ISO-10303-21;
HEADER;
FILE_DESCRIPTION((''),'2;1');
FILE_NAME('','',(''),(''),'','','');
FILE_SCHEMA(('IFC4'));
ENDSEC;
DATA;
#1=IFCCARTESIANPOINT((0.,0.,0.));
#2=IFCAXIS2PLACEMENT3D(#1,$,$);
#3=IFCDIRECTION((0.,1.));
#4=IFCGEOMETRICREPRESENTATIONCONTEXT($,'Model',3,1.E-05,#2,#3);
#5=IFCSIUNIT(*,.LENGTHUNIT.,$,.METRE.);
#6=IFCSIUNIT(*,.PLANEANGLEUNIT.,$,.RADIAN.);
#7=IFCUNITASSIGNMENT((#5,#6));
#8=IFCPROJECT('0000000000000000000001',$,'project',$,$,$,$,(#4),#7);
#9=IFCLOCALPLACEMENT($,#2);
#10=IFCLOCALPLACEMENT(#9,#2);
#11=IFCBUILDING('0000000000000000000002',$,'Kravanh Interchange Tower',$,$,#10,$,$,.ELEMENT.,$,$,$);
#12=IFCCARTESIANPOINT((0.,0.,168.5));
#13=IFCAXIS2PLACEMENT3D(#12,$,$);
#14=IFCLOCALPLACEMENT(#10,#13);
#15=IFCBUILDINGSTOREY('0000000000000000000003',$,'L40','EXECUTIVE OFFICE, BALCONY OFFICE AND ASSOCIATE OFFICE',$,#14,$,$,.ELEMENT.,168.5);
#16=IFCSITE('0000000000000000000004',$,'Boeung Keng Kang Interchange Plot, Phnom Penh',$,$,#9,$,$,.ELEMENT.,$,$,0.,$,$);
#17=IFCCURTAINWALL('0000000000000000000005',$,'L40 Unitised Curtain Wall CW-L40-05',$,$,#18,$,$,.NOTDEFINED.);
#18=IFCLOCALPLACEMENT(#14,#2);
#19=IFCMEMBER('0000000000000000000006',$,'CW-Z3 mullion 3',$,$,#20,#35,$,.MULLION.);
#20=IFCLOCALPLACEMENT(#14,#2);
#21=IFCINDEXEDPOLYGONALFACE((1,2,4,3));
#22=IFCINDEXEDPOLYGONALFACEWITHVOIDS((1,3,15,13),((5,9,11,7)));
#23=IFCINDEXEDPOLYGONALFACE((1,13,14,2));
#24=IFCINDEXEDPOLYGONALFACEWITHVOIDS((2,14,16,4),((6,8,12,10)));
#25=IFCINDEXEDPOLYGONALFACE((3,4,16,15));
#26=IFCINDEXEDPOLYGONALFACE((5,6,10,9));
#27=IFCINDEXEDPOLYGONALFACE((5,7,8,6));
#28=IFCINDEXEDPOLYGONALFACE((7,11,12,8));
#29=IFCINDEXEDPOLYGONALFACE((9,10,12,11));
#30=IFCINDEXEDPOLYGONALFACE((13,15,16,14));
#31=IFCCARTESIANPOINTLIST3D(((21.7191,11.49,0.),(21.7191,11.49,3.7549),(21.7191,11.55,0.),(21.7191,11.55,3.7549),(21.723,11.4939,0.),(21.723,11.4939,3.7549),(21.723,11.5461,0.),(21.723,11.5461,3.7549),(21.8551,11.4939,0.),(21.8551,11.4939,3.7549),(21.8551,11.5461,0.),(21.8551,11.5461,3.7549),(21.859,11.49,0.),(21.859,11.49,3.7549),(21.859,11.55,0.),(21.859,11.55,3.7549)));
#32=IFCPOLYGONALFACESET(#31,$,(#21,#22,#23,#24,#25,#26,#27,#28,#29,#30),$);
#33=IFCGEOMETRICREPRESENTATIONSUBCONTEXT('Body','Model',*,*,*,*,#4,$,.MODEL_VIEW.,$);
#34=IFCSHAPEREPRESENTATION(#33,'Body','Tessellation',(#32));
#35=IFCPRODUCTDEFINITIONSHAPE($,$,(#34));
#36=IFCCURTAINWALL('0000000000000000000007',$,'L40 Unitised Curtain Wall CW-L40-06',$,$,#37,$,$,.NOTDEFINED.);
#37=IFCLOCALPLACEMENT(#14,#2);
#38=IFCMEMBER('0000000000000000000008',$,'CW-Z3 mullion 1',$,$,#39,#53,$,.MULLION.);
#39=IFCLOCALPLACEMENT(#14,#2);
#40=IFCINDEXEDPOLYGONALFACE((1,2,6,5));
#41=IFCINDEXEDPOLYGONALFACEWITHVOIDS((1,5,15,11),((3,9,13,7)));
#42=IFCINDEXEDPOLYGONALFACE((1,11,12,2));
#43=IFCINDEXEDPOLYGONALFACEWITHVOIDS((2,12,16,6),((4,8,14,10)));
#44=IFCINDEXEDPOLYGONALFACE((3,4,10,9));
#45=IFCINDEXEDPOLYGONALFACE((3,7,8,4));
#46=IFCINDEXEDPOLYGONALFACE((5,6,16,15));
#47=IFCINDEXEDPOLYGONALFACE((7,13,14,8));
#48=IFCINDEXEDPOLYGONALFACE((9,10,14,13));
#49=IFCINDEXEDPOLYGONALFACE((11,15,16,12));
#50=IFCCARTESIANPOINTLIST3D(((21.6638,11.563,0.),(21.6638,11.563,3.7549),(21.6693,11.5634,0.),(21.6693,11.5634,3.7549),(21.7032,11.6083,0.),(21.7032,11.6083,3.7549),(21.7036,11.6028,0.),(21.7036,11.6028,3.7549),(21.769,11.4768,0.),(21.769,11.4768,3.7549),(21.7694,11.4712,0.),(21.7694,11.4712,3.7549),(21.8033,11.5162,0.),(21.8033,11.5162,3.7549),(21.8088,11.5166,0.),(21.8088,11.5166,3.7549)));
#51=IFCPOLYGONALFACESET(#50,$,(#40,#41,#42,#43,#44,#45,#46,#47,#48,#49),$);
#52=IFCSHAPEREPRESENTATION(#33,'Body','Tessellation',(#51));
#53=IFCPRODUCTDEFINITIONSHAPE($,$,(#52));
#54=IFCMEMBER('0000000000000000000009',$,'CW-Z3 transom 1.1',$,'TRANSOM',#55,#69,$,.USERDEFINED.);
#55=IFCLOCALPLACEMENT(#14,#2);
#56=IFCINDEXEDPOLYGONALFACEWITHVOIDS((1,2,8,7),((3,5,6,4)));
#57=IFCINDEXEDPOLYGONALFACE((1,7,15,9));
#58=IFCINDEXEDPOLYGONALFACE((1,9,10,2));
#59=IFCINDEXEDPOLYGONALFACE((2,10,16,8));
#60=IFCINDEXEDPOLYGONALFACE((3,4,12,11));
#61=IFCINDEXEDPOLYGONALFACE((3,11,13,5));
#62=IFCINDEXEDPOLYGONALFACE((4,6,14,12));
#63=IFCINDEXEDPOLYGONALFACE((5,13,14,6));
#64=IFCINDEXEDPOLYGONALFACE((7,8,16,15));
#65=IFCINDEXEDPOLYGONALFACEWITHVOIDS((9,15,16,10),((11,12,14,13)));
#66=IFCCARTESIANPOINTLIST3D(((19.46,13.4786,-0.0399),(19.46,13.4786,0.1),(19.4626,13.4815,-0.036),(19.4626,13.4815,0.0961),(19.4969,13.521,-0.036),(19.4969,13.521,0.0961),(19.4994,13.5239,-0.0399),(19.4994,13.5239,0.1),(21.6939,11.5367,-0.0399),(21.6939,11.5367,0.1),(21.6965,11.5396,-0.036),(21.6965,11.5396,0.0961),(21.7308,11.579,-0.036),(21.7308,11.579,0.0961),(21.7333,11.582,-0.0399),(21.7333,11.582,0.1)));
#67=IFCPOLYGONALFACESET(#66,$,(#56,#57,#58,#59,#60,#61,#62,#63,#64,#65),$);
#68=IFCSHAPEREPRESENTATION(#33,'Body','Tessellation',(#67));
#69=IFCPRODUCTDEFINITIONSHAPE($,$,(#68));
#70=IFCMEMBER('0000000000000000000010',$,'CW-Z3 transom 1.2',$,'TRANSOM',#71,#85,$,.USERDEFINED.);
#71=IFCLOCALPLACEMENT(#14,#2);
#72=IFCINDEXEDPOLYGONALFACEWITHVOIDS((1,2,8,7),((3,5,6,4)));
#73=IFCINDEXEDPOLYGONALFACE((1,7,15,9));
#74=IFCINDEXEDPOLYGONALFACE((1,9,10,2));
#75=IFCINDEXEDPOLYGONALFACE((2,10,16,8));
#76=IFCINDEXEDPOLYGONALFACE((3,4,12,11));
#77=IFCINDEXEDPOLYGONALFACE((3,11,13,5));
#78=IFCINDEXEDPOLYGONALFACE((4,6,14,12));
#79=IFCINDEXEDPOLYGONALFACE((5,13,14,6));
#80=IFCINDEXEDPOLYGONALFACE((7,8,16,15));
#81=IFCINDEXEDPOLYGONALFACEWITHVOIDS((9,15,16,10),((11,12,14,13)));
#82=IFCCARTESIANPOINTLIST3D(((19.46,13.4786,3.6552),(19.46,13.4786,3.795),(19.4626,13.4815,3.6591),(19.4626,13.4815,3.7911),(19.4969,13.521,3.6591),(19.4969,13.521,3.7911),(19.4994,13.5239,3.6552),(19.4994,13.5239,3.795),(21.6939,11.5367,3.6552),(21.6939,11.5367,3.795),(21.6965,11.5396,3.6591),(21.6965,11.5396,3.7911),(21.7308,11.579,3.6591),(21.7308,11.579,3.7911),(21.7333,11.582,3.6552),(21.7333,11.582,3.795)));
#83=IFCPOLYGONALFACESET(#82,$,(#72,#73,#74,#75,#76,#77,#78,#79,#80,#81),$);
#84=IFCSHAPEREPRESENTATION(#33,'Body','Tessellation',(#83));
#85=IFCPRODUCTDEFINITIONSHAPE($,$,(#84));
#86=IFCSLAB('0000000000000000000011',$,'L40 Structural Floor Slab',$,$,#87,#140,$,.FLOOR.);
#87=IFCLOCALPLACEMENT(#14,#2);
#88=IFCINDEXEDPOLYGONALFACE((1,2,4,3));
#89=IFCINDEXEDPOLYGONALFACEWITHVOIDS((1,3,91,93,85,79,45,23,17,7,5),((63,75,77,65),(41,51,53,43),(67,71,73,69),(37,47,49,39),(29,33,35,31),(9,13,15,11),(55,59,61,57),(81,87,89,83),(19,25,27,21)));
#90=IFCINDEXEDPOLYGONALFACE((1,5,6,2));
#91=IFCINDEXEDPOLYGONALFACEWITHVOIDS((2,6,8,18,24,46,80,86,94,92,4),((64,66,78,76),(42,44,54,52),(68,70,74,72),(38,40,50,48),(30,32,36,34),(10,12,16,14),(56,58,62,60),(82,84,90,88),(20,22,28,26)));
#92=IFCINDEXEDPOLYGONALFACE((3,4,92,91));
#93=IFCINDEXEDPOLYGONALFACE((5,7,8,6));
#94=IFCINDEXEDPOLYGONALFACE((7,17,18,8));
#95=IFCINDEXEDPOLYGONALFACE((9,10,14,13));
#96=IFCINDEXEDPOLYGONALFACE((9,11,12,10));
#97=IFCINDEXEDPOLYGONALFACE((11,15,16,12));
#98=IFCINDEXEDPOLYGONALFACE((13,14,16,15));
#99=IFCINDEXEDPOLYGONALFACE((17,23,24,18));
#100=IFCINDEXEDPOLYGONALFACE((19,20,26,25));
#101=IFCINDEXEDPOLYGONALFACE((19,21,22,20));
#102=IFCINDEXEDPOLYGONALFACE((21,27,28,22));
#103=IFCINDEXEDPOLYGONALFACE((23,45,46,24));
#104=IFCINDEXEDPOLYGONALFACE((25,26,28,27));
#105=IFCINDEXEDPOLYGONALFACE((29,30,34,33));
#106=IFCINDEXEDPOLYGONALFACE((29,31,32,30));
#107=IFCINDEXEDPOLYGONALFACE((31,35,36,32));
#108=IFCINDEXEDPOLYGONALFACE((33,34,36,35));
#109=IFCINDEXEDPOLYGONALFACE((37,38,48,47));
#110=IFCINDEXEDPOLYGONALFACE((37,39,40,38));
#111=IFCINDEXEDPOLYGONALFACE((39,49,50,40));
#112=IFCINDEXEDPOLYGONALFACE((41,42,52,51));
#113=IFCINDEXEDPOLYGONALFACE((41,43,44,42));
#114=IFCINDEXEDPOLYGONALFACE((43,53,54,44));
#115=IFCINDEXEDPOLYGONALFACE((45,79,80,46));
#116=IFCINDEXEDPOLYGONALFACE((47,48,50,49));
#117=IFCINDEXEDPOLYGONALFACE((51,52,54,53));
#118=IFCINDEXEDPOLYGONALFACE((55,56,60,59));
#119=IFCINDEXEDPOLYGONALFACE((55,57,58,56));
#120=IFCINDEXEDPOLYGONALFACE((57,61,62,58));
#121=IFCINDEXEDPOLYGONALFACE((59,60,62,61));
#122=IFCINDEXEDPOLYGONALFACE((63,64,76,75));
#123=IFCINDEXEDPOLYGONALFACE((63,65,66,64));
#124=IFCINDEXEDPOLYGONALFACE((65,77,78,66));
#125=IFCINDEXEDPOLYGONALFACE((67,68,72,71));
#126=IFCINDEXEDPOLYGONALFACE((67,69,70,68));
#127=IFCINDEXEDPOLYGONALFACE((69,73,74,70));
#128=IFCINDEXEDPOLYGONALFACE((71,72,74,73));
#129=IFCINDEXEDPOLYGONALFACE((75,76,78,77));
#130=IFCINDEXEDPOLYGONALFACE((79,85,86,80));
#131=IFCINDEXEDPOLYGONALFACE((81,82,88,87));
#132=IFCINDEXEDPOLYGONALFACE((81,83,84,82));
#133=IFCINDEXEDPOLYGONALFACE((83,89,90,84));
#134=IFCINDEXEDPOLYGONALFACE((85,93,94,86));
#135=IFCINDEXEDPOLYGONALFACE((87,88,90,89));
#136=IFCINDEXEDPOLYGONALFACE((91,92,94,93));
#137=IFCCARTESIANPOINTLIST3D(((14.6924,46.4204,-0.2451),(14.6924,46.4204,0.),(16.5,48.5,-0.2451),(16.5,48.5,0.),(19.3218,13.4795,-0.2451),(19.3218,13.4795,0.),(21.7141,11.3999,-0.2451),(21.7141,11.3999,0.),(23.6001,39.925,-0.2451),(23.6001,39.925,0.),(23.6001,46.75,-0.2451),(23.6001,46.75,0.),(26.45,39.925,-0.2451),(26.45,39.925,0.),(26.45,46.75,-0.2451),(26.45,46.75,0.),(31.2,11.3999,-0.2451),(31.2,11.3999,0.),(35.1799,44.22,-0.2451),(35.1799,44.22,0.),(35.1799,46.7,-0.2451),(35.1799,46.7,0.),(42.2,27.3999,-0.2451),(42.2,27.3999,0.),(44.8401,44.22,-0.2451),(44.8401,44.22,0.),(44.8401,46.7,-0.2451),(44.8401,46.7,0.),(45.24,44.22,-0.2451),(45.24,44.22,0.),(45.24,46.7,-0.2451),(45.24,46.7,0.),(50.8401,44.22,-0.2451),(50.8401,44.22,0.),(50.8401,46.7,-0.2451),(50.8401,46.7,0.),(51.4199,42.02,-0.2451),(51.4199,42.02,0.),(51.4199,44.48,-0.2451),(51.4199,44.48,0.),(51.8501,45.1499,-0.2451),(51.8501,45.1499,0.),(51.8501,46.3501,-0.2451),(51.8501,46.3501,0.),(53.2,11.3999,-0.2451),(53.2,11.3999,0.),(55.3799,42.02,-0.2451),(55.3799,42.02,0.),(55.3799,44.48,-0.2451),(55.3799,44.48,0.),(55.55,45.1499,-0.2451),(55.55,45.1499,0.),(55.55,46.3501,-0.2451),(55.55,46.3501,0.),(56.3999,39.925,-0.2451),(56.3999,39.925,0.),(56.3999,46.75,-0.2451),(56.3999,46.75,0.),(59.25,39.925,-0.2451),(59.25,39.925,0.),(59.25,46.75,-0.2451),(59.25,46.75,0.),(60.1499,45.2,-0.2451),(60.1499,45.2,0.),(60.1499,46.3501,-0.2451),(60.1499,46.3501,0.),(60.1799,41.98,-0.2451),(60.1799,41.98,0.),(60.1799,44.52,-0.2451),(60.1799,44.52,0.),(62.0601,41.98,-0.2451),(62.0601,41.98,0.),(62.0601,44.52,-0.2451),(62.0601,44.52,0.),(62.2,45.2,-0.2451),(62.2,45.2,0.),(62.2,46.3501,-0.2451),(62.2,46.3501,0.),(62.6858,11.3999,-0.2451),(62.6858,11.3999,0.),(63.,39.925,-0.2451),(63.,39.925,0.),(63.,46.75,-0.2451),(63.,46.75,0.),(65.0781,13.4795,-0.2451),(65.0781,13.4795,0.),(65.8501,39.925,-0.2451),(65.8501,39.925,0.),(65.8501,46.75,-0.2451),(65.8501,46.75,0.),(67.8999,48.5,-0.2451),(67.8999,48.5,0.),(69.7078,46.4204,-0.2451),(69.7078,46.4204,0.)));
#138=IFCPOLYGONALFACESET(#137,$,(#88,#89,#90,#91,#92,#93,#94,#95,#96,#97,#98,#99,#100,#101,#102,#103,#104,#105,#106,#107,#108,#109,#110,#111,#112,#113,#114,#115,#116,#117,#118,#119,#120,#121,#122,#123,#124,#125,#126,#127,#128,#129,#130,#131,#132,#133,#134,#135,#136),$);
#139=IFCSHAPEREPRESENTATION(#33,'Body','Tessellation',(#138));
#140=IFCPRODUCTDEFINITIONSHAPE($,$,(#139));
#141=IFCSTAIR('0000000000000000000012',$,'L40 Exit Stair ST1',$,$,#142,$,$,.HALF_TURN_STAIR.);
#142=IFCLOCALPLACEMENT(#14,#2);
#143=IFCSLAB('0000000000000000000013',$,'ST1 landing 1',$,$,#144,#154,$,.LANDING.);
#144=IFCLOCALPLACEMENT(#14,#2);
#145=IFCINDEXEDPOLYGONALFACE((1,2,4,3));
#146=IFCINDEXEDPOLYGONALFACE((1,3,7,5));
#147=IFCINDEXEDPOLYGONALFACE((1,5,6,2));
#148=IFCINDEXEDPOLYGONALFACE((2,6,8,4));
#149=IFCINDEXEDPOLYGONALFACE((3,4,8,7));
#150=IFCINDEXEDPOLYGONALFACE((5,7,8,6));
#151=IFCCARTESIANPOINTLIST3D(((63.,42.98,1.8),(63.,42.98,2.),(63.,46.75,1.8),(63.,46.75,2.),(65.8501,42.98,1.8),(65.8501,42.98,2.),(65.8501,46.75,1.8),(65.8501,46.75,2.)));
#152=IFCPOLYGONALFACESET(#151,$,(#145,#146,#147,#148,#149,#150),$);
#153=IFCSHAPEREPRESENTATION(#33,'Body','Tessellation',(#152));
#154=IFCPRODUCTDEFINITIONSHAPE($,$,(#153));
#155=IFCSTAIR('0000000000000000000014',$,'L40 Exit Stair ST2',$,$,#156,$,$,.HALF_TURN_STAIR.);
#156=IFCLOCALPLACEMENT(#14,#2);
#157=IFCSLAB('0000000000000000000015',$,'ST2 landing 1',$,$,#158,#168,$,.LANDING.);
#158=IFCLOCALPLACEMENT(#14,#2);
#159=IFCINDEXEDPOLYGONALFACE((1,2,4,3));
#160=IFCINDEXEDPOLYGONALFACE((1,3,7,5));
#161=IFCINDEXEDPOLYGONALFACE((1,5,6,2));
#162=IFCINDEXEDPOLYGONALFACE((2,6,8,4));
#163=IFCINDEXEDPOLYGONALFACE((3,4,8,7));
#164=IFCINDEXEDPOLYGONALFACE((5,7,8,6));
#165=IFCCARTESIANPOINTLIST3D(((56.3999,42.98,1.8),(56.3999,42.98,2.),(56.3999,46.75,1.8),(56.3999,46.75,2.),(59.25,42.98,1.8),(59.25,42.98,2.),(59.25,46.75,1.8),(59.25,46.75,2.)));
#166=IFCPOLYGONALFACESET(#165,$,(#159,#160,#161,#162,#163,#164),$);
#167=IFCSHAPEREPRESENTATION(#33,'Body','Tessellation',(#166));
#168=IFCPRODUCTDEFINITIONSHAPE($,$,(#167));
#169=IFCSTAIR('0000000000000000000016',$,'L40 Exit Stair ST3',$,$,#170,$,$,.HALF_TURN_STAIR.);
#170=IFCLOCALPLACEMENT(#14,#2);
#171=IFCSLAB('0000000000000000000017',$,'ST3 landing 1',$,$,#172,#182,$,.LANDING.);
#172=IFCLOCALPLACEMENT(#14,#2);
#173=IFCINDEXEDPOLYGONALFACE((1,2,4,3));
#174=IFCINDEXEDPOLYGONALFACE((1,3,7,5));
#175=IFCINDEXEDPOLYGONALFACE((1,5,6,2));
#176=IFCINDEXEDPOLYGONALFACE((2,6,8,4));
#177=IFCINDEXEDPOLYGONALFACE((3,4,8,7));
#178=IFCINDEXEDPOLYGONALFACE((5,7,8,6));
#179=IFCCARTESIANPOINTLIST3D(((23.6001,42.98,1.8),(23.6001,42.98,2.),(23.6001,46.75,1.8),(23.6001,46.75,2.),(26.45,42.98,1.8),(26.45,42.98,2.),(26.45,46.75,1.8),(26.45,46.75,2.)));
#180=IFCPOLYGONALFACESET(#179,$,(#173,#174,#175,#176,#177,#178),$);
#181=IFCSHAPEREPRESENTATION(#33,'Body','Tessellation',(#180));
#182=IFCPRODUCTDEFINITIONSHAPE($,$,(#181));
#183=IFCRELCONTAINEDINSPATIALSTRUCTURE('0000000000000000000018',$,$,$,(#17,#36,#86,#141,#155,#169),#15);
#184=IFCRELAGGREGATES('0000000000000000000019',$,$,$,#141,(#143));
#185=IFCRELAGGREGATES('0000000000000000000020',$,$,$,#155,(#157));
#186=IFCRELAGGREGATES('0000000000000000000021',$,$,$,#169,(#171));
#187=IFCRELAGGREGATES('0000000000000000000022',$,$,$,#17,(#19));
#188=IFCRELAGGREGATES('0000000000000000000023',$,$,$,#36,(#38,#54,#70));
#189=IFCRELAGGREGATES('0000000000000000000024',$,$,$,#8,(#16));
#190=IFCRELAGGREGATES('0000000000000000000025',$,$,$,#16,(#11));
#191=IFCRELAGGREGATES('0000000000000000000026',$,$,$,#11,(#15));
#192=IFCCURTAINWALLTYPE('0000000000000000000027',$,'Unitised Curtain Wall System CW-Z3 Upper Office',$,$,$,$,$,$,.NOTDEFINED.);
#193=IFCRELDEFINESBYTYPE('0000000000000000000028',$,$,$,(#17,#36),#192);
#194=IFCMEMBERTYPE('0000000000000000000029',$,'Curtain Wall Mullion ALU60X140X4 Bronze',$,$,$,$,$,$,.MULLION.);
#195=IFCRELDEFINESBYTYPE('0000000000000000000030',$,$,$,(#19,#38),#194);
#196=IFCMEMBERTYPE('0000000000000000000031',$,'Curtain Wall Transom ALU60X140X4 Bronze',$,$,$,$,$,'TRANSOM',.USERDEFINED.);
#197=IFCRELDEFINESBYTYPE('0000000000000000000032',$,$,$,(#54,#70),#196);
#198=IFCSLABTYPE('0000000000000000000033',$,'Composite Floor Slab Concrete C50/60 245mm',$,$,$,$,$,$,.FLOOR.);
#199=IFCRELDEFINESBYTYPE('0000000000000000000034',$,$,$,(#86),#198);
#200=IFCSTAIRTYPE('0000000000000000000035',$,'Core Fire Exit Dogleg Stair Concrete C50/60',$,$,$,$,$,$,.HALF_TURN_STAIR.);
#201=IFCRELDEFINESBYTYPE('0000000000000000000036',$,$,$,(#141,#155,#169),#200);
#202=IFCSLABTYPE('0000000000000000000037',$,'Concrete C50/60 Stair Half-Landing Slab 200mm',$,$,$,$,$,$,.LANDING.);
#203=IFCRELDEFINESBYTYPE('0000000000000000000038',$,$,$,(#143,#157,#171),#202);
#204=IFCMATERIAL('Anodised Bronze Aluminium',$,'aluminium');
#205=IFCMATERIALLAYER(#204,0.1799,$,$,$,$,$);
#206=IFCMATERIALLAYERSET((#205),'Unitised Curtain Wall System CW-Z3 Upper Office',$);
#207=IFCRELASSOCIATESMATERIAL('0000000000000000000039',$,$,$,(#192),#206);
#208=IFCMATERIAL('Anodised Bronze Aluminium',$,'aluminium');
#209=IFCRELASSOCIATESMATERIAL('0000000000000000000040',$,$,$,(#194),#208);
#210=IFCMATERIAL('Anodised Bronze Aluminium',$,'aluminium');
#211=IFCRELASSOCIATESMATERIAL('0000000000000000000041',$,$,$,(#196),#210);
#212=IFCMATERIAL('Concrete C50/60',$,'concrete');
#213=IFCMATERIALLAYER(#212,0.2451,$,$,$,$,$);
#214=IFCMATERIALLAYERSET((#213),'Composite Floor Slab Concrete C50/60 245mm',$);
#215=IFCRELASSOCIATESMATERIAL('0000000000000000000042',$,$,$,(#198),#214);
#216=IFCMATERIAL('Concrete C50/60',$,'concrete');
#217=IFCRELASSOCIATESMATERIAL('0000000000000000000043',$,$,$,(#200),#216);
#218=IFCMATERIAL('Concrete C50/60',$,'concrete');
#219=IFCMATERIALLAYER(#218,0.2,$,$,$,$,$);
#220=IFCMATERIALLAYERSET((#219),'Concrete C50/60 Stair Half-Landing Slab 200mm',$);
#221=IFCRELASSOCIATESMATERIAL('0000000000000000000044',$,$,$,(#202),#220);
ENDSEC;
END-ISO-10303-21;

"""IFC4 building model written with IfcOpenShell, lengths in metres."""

from ifc_helpers import new_model, si_unit, direction, frame, origin, origin_2d, place, context, subcontext, project, spatial, polyline, hollow_rectangle, outline, extrude, material, layer, layer_set, material_profile, profile_set, type_object, element, aggregate, save


model = new_model("IFC4")

# Units and contexts
model_context = context("Model", 3, precision=1e-05, world=origin(), true_north=direction((0.0, 1.0)))
body_context = subcontext(model_context, "Body", "Model", "MODEL_VIEW")
ifc_project = project(units=[si_unit("LENGTHUNIT", "METRE"), si_unit("PLANEANGLEUNIT", "RADIAN")], contexts=[model_context])

# Site, building, storey
site_placement = place(None, origin())
site = spatial("IfcSite", under=ifc_project, at=site_placement, Name="Boeung Keng Kang Interchange Plot, Phnom Penh", CompositionType="ELEMENT", RefElevation=0.0)
building_placement = place(site_placement, origin())
building = spatial("IfcBuilding", under=site, at=building_placement, Name="Kravanh Interchange Tower", CompositionType="ELEMENT")
storey_placement = place(building_placement, frame((0.0, 0.0, 168.5)))
storey = spatial("IfcBuildingStorey", under=building, at=storey_placement, Name="L40", Description="EXECUTIVE OFFICE, BALCONY OFFICE AND ASSOCIATE OFFICE", CompositionType="ELEMENT", Elevation=168.5)

# Curtain wall, member
ifc_material_1 = material(Name="Anodised Bronze Aluminium", Category="aluminium")
ifc_layer_1 = layer(ifc_material_1, 0.1799)
ifc_layer_set_1 = layer_set([ifc_layer_1], Name="Unitised Curtain Wall System CW-Z3 Upper Office")
curtain_wall_type = type_object("IfcCurtainWallType", Name="Unitised Curtain Wall System CW-Z3 Upper Office", PredefinedType="NOTDEFINED", material=ifc_layer_set_1)
curtain_wall_1_placement = place(storey_placement, origin())
curtain_wall_1 = element("IfcCurtainWall", 1, at=curtain_wall_1_placement, inside=storey, type_object=curtain_wall_type, Name="L40 Unitised Curtain Wall CW-L40-05", PredefinedType="NOTDEFINED")
ifc_material_2 = material(Name="Anodised Bronze Aluminium", Category="aluminium")
ifc_material_profile_1 = material_profile(ifc_material_2, hollow_rectangle(XDim=0.0601, YDim=0.1399, WallThickness=0.0039, at=origin_2d()), Name="ALU60X140X4")
ifc_profile_set_1 = profile_set([ifc_material_profile_1], Name="Anodised Bronze Aluminium")
member_type_1 = type_object("IfcMemberType", Name="Curtain Wall Mullion ALU60X140X4 Bronze", PredefinedType="MULLION", material=ifc_profile_set_1)
member_1_placement = place(storey_placement, frame((21.7891, 11.52, 0.0), z_axis=(0.0, 0.0, 1.0), x_axis=(0.0, -1.0, 0.0)))
member_1 = element("IfcMember", 2, at=member_1_placement, type_object=member_type_1, Name="CW-Z3 mullion 3", PredefinedType="MULLION", context=body_context, shape_type="SweptSolid", body=[
    extrude(hollow_rectangle(XDim=0.0601, YDim=0.1399, WallThickness=0.0039, at=origin_2d()), origin(), (0.0, 0.0, 1.0), 3.7549),
])

# Curtain wall, members
curtain_wall_2_placement = place(storey_placement, origin())
curtain_wall_2 = element("IfcCurtainWall", 3, at=curtain_wall_2_placement, inside=storey, type_object=curtain_wall_type, Name="L40 Unitised Curtain Wall CW-L40-06", PredefinedType="NOTDEFINED")
member_2_placement = place(storey_placement, frame((21.7363, 11.5398, 0.0), z_axis=(0.0, 0.0, 1.0), x_axis=(-0.656051, -0.754717, 0.0)))
member_2 = element("IfcMember", 4, at=member_2_placement, type_object=member_type_1, Name="CW-Z3 mullion 1", PredefinedType="MULLION", context=body_context, shape_type="SweptSolid", body=[
    extrude(hollow_rectangle(XDim=0.0601, YDim=0.1399, WallThickness=0.0039, at=origin_2d()), origin(), (0.0, 0.0, 1.0), 3.7549),
])
ifc_material_3 = material(Name="Anodised Bronze Aluminium", Category="aluminium")
ifc_material_profile_2 = material_profile(ifc_material_3, hollow_rectangle(XDim=0.0601, YDim=0.1399, WallThickness=0.0039, at=origin_2d()), Name="ALU60X140X4")
ifc_profile_set_2 = profile_set([ifc_material_profile_2], Name="Anodised Bronze Aluminium")
member_type_2 = type_object("IfcMemberType", Name="Curtain Wall Transom ALU60X140X4 Bronze", ElementType="TRANSOM", PredefinedType="USERDEFINED", material=ifc_profile_set_2)
member_3_placement = place(storey_placement, frame((21.7136, 11.5593, 0.03), z_axis=(-0.754709, 0.65606, 0.0), x_axis=(-0.65606, -0.754709, 0.0)))
member_3 = element("IfcMember", 5, at=member_3_placement, type_object=member_type_2, Name="CW-Z3 transom 1.1", ObjectType="TRANSOM", PredefinedType="USERDEFINED", context=body_context, shape_type="SweptSolid", body=[
    extrude(hollow_rectangle(XDim=0.0601, YDim=0.1399, WallThickness=0.0039, at=origin_2d()), origin(), (0.0, 0.0, 1.0), 2.96),
])
member_4_placement = place(storey_placement, frame((21.7136, 11.5593, 3.7251), z_axis=(-0.754709, 0.65606, 0.0), x_axis=(-0.65606, -0.754709, 0.0)))
member_4 = element("IfcMember", 6, at=member_4_placement, type_object=member_type_2, Name="CW-Z3 transom 1.2", ObjectType="TRANSOM", PredefinedType="USERDEFINED", context=body_context, shape_type="SweptSolid", body=[
    extrude(hollow_rectangle(XDim=0.0601, YDim=0.1399, WallThickness=0.0039, at=origin_2d()), origin(), (0.0, 0.0, 1.0), 2.96),
])

# Slab
ifc_material_4 = material(Name="Concrete C50/60", Category="concrete")
ifc_layer_2 = layer(ifc_material_4, 0.2451)
ifc_layer_set_2 = layer_set([ifc_layer_2], Name="Composite Floor Slab Concrete C50/60 245mm")
slab_type_1 = type_object("IfcSlabType", Name="Composite Floor Slab Concrete C50/60 245mm", PredefinedType="FLOOR", material=ifc_layer_set_2)
slab_1_placement = place(storey_placement, frame((0.0, 0.0, -0.2451)))
element("IfcSlab", 7, at=slab_1_placement, inside=storey, type_object=slab_type_1, Name="L40 Structural Floor Slab", PredefinedType="FLOOR", context=body_context, shape_type="SweptSolid", body=[
    extrude(outline(polyline([(19.3218, 13.4795), (21.7141, 11.3999), (31.2, 11.3999), (42.2, 27.3999), (53.2, 11.3999), (62.6858, 11.3999), (65.0781, 13.4795), (69.7078, 46.4204), (67.8999, 48.5), (16.5, 48.5), (14.6924, 46.4204), (19.3218, 13.4795)]), holes=[polyline([(65.8501, 39.925), (65.8501, 46.75), (63.0, 46.75), (63.0, 39.925), (65.8501, 39.925)]), polyline([(59.25, 39.925), (59.25, 46.75), (56.3999, 46.75), (56.3999, 39.925), (59.25, 39.925)]), polyline([(26.45, 39.925), (26.45, 46.75), (23.6001, 46.75), (23.6001, 39.925), (26.45, 39.925)]), polyline([(35.1799, 44.22), (44.8401, 44.22), (44.8401, 46.7), (35.1799, 46.7), (35.1799, 44.22)]), polyline([(45.24, 44.22), (50.8401, 44.22), (50.8401, 46.7), (45.24, 46.7), (45.24, 44.22)]), polyline([(51.4199, 42.02), (55.3799, 42.02), (55.3799, 44.48), (51.4199, 44.48), (51.4199, 42.02)]), polyline([(60.1799, 41.98), (62.0601, 41.98), (62.0601, 44.52), (60.1799, 44.52), (60.1799, 41.98)]), polyline([(60.1499, 45.2), (62.2, 45.2), (62.2, 46.3501), (60.1499, 46.3501), (60.1499, 45.2)]), polyline([(51.8501, 45.1499), (55.55, 45.1499), (55.55, 46.3501), (51.8501, 46.3501), (51.8501, 45.1499)])]), origin(), (0.0, 0.0, 1.0), 0.2451),
])

# Stairs, slabs
ifc_material_5 = material(Name="Concrete C50/60", Category="concrete")
stair_type = type_object("IfcStairType", Name="Core Fire Exit Dogleg Stair Concrete C50/60", PredefinedType="HALF_TURN_STAIR", material=ifc_material_5)
stair_1_placement = place(storey_placement, origin())
stair_1 = element("IfcStair", 8, at=stair_1_placement, inside=storey, type_object=stair_type, Name="L40 Exit Stair ST1", PredefinedType="HALF_TURN_STAIR")
ifc_material_6 = material(Name="Concrete C50/60", Category="concrete")
ifc_layer_3 = layer(ifc_material_6, 0.2)
ifc_layer_set_3 = layer_set([ifc_layer_3], Name="Concrete C50/60 Stair Half-Landing Slab 200mm")
slab_type_2 = type_object("IfcSlabType", Name="Concrete C50/60 Stair Half-Landing Slab 200mm", PredefinedType="LANDING", material=ifc_layer_set_3)
slab_2_placement = place(storey_placement, frame((0.0, 0.0, 1.8)))
slab_2 = element("IfcSlab", 9, at=slab_2_placement, type_object=slab_type_2, Name="ST1 landing 1", PredefinedType="LANDING", context=body_context, shape_type="SweptSolid", body=[
    extrude(outline(polyline([(65.8501, 42.98), (65.8501, 46.75), (63.0, 46.75), (63.0, 42.98), (65.8501, 42.98)])), origin(), (0.0, 0.0, 1.0), 0.2),
])
aggregate(stair_1, [slab_2])
stair_2_placement = place(storey_placement, origin())
stair_2 = element("IfcStair", 10, at=stair_2_placement, inside=storey, type_object=stair_type, Name="L40 Exit Stair ST2", PredefinedType="HALF_TURN_STAIR")
slab_3_placement = place(storey_placement, frame((0.0, 0.0, 1.8)))
slab_3 = element("IfcSlab", 11, at=slab_3_placement, type_object=slab_type_2, Name="ST2 landing 1", PredefinedType="LANDING", context=body_context, shape_type="SweptSolid", body=[
    extrude(outline(polyline([(59.25, 42.98), (59.25, 46.75), (56.3999, 46.75), (56.3999, 42.98), (59.25, 42.98)])), origin(), (0.0, 0.0, 1.0), 0.2),
])
aggregate(stair_2, [slab_3])
stair_3_placement = place(storey_placement, origin())
stair_3 = element("IfcStair", 12, at=stair_3_placement, inside=storey, type_object=stair_type, Name="L40 Exit Stair ST3", PredefinedType="HALF_TURN_STAIR")
slab_4_placement = place(storey_placement, frame((0.0, 0.0, 1.8)))
slab_4 = element("IfcSlab", 13, at=slab_4_placement, type_object=slab_type_2, Name="ST3 landing 1", PredefinedType="LANDING", context=body_context, shape_type="SweptSolid", body=[
    extrude(outline(polyline([(26.45, 42.98), (26.45, 46.75), (23.6001, 46.75), (23.6001, 42.98), (26.45, 42.98)])), origin(), (0.0, 0.0, 1.0), 0.2),
])
aggregate(stair_3, [slab_4])

aggregate(curtain_wall_1, [member_1])
aggregate(curtain_wall_2, [member_2, member_3, member_4])

save(model, "model.ifc")
